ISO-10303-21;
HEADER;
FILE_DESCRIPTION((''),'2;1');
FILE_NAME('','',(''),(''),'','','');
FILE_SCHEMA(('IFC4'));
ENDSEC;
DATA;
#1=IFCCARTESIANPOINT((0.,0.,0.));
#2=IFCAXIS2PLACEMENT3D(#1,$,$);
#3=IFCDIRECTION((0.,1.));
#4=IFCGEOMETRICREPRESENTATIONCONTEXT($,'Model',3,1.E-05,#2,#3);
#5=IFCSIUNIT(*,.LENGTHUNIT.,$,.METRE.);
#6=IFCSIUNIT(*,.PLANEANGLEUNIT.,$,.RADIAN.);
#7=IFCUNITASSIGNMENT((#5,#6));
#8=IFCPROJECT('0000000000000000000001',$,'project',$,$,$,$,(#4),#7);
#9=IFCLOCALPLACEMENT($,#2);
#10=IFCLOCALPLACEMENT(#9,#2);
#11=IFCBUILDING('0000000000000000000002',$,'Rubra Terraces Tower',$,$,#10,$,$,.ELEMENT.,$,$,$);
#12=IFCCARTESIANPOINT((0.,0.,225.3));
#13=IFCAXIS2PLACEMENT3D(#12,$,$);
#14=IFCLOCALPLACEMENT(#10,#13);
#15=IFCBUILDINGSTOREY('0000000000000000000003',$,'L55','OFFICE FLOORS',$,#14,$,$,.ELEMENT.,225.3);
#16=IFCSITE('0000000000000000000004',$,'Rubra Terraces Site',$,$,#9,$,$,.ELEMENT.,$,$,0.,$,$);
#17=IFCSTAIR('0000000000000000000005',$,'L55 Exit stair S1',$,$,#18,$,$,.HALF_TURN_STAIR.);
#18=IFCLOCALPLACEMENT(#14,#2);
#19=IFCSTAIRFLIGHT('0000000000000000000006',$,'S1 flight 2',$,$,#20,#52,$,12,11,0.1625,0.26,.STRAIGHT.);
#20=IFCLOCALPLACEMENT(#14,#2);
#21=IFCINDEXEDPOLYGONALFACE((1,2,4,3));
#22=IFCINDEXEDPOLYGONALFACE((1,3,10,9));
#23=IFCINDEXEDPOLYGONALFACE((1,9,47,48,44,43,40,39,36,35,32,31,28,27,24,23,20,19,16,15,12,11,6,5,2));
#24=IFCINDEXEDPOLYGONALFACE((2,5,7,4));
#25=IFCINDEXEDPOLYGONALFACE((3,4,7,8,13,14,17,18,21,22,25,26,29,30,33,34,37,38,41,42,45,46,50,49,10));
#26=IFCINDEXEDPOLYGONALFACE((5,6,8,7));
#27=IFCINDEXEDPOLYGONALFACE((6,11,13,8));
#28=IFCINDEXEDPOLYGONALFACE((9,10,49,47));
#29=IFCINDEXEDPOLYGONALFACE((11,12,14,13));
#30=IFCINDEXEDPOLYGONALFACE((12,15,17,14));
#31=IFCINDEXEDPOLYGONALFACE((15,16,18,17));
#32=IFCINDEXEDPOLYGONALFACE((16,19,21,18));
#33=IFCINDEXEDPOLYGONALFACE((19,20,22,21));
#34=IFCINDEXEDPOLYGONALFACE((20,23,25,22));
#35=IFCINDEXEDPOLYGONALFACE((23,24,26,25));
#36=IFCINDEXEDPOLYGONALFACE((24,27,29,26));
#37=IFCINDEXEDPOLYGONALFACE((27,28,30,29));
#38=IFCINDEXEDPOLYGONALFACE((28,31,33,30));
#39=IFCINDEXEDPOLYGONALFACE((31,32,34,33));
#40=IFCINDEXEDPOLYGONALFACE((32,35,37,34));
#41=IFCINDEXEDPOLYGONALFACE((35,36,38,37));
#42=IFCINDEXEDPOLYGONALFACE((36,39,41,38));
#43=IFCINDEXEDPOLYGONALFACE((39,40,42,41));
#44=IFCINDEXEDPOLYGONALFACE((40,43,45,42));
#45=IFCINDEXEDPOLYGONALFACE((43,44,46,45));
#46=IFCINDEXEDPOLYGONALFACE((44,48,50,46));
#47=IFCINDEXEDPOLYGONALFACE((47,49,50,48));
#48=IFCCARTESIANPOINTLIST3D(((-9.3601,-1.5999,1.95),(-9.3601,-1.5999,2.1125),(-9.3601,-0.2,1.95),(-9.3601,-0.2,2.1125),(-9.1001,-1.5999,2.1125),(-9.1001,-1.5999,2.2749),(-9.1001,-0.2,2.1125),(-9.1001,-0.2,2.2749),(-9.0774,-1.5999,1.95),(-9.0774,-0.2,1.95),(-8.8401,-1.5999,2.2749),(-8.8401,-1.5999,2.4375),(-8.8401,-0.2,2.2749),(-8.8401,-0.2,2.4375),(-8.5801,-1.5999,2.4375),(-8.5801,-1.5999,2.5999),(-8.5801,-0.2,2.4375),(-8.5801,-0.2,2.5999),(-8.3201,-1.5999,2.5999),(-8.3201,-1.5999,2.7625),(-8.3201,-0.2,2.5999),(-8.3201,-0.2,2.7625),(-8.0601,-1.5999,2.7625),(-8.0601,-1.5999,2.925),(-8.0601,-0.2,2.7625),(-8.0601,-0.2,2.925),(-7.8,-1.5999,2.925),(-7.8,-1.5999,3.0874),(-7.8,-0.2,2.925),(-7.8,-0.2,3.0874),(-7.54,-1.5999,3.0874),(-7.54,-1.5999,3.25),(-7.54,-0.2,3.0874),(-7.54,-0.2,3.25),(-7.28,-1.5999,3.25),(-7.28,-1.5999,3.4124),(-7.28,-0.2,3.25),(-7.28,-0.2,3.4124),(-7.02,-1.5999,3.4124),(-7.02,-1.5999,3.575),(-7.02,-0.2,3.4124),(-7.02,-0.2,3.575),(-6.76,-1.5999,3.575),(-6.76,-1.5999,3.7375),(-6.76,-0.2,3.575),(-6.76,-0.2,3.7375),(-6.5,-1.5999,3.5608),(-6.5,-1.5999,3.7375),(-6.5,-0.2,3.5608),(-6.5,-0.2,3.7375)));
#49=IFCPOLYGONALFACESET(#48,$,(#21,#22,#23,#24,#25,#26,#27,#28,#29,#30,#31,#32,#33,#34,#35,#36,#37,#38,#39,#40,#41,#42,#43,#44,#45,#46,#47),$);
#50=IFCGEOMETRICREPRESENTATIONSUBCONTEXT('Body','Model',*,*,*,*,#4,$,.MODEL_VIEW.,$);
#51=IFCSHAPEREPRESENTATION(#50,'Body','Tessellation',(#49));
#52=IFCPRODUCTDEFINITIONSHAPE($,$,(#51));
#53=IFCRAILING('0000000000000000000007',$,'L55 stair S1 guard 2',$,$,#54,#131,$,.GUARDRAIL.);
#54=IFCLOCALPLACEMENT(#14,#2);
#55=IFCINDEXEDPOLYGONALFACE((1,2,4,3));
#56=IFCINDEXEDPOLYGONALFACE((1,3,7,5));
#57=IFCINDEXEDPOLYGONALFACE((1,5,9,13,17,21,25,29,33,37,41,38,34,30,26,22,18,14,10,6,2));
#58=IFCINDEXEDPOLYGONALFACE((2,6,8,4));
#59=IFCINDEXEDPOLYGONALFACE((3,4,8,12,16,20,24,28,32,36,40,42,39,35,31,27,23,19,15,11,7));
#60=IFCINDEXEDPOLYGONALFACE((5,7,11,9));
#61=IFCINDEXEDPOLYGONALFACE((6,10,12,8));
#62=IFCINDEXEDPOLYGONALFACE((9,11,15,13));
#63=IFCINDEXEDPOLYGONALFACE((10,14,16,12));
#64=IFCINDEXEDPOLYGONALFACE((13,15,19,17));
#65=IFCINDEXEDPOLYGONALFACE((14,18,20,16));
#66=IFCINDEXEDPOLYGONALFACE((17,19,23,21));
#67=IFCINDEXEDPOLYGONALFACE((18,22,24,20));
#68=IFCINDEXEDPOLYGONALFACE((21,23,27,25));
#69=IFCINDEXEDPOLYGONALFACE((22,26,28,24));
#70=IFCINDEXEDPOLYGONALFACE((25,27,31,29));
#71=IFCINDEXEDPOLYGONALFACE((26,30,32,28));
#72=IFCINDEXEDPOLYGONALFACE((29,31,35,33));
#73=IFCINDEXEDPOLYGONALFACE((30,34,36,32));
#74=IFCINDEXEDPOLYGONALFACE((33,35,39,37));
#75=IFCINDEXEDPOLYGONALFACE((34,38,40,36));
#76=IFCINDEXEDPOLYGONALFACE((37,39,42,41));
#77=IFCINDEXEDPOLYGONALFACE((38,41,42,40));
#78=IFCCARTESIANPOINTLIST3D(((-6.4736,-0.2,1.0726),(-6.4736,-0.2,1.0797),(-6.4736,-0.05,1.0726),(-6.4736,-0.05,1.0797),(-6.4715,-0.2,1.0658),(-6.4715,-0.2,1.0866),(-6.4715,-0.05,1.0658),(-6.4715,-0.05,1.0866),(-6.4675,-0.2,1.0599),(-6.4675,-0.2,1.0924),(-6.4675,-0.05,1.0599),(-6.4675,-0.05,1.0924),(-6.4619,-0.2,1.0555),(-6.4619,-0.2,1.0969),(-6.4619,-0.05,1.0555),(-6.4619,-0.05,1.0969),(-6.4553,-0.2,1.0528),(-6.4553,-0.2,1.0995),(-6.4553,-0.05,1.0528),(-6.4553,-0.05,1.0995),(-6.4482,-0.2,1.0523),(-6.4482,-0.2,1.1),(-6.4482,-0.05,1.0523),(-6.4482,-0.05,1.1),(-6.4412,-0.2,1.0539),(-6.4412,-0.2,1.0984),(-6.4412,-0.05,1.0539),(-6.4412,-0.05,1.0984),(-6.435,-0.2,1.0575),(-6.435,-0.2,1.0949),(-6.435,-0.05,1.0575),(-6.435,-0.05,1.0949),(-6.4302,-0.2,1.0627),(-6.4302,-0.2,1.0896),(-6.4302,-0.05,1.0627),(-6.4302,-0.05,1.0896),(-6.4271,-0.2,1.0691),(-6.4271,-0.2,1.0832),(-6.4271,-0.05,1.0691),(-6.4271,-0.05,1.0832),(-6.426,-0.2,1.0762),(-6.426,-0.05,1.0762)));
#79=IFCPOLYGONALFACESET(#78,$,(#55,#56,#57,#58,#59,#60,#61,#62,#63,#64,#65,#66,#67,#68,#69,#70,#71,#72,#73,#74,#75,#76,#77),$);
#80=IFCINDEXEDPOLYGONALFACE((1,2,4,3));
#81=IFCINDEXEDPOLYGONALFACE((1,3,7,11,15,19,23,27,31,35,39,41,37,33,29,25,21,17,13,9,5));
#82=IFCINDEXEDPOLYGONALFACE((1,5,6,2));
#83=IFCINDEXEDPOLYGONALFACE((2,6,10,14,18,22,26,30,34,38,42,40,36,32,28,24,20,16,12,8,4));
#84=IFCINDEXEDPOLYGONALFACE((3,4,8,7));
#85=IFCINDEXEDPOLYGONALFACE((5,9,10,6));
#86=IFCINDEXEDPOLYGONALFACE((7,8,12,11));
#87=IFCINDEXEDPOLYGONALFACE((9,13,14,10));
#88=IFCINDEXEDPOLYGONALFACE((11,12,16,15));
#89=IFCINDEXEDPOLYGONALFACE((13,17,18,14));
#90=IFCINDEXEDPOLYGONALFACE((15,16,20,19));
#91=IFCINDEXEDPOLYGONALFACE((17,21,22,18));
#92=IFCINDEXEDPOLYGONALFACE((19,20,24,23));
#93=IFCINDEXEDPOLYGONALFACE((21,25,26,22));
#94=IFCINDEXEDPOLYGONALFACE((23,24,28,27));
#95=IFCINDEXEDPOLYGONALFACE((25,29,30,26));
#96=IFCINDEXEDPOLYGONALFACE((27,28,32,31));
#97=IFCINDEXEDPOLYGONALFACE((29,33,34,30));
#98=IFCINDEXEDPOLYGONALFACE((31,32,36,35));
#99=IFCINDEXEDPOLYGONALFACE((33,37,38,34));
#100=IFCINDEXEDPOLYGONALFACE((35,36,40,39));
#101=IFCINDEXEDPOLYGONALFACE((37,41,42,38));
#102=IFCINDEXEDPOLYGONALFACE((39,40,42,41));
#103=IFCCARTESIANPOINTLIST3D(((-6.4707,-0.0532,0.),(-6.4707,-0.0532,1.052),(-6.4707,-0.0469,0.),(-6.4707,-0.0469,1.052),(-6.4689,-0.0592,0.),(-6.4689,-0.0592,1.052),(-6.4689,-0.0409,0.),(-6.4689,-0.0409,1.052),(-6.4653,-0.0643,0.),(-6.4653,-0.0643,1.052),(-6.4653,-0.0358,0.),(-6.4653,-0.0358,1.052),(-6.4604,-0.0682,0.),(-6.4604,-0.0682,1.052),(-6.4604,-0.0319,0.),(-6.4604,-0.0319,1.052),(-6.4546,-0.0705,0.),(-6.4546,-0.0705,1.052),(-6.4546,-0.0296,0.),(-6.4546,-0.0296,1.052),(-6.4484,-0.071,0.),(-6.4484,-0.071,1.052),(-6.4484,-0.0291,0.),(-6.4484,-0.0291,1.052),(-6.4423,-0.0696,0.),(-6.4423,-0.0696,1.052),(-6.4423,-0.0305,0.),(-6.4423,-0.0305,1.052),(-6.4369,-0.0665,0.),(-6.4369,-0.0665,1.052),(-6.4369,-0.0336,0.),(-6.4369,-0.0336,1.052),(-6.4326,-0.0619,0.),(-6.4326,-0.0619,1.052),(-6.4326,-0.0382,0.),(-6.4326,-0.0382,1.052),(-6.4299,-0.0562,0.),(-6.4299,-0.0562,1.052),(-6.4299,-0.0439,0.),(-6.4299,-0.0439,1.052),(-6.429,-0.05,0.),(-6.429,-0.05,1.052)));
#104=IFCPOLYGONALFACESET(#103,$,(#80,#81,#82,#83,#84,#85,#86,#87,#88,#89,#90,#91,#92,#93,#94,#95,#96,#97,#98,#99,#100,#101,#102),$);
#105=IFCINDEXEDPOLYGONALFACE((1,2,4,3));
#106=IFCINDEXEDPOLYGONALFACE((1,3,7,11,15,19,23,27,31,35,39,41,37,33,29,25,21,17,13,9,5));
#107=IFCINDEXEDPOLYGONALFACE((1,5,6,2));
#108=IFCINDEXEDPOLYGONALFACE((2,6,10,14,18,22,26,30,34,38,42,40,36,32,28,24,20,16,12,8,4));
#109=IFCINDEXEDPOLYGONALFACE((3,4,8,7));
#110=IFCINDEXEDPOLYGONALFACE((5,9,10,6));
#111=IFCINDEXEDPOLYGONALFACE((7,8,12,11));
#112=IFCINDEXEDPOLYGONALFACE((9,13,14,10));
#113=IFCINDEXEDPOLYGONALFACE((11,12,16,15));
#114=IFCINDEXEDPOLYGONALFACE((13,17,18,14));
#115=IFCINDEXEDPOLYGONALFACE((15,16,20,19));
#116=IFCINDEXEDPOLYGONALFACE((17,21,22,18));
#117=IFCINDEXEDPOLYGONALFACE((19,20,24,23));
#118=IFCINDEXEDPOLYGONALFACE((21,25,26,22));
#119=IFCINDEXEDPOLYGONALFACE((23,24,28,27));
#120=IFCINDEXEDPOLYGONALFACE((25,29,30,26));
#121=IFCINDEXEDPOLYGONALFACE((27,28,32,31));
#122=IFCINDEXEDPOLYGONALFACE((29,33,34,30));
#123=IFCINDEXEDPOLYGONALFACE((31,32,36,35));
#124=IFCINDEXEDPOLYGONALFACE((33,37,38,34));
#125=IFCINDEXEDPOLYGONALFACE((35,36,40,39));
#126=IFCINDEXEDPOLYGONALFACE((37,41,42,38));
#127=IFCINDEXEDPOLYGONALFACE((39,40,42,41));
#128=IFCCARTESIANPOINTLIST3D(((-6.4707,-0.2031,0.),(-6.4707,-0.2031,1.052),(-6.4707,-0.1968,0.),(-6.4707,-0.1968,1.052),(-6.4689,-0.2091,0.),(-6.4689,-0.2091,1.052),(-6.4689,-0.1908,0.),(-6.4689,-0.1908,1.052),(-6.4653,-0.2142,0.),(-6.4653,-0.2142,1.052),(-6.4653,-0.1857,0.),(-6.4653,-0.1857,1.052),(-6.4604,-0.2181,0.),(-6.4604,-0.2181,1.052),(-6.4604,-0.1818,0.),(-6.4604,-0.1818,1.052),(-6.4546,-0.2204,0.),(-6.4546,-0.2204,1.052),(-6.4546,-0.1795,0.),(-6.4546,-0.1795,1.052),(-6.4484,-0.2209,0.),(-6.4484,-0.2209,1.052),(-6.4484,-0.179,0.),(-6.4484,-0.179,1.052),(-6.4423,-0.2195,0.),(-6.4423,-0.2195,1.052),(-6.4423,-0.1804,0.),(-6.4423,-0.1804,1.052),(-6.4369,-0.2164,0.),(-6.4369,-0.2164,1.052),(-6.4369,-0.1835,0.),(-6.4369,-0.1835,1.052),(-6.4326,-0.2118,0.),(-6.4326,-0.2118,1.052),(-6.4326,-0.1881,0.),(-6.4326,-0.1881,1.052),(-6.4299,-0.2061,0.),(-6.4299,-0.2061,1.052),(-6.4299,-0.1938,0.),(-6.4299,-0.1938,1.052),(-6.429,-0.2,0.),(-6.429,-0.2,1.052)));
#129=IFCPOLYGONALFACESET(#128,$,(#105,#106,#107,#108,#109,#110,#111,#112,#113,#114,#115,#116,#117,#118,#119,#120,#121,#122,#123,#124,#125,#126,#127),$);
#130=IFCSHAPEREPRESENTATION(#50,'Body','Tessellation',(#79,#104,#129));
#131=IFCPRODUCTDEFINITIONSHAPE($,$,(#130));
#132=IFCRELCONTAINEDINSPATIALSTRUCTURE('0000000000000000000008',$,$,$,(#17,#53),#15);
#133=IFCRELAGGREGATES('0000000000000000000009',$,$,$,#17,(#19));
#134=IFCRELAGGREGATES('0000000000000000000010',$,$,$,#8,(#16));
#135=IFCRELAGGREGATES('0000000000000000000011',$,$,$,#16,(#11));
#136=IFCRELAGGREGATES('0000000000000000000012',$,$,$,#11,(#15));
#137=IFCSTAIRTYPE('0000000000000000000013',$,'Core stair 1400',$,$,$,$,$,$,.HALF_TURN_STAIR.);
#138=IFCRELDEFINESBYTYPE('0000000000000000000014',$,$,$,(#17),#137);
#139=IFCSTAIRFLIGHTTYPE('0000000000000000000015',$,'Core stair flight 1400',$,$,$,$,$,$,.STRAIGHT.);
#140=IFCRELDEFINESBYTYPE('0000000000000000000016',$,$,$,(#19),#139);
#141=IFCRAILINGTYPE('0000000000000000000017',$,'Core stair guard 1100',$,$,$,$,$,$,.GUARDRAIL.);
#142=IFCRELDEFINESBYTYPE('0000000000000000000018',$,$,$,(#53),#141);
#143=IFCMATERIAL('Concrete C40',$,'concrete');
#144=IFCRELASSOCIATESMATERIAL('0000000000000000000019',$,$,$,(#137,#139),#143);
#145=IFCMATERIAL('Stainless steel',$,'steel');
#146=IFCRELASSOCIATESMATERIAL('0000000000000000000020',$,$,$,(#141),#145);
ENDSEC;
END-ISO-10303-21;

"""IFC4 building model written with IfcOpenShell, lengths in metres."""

from ifc_helpers import new_model, si_unit, direction, frame, origin, origin_2d, place, context, subcontext, project, spatial, polyline, circle, outline, extrude, material, type_object, element, aggregate, save


model = new_model("IFC4")

# Units and contexts
model_context = context("Model", 3, precision=1e-05, world=origin(), true_north=direction((0.0, 1.0)))
body_context = subcontext(model_context, "Body", "Model", "MODEL_VIEW")
ifc_project = project(units=[si_unit("LENGTHUNIT", "METRE"), si_unit("PLANEANGLEUNIT", "RADIAN")], contexts=[model_context])

# Site, building, storey
site_placement = place(None, origin())
site = spatial("IfcSite", under=ifc_project, at=site_placement, Name="Rubra Terraces Site", CompositionType="ELEMENT", RefElevation=0.0)
building_placement = place(site_placement, origin())
building = spatial("IfcBuilding", under=site, at=building_placement, Name="Rubra Terraces Tower", CompositionType="ELEMENT")
storey_placement = place(building_placement, frame((0.0, 0.0, 225.3)))
storey = spatial("IfcBuildingStorey", under=building, at=storey_placement, Name="L55", Description="OFFICE FLOORS", CompositionType="ELEMENT", Elevation=225.3)

# Shared definitions
ifc_material_1 = material(Name="Concrete C40", Category="concrete")

# Stair, stair flight
stair_type = type_object("IfcStairType", Name="Core stair 1400", PredefinedType="HALF_TURN_STAIR", material=ifc_material_1)
stair_placement = place(storey_placement, origin())
stair = element("IfcStair", 1, at=stair_placement, inside=storey, type_object=stair_type, Name="L55 Exit stair S1", PredefinedType="HALF_TURN_STAIR")
stair_flight_type = type_object("IfcStairFlightType", Name="Core stair flight 1400", PredefinedType="STRAIGHT", material=ifc_material_1)
stair_flight_1_placement = place(storey_placement, frame((-9.3601, -0.8999, 1.95), z_axis=(0.0, 0.0, 1.0), x_axis=(1.0, 0.0, 0.0)))
stair_flight_1 = element("IfcStairFlight", 2, at=stair_flight_1_placement, type_object=stair_flight_type, Name="S1 flight 2", NumberOfRisers=12, NumberOfTreads=11, PredefinedType="STRAIGHT", RiserHeight=0.1625, TreadLength=0.26, context=body_context, shape_type="SweptSolid", body=[
    extrude(outline(polyline([(0.0, 0.0), (0.0, 0.1626), (0.26, 0.1626), (0.26, 0.325), (0.52, 0.325), (0.52, 0.4875), (0.78, 0.4875), (0.78, 0.6499), (1.04, 0.6499), (1.04, 0.8125), (1.3, 0.8125), (1.3, 0.9751), (1.5601, 0.9751), (1.5601, 1.1375), (1.8201, 1.1375), (1.8201, 1.3), (2.0801, 1.3), (2.0801, 1.4624), (2.3401, 1.4624), (2.3401, 1.625), (2.6001, 1.625), (2.6001, 1.7876), (2.8601, 1.7876), (2.8601, 1.95), (2.8601, 1.6108), (0.2827, 0.0), (0.0, 0.0)])), frame((0.0, 0.7, 0.0), z_axis=(0.0, -1.0, 0.0), x_axis=(1.0, 0.0, 0.0)), (0.0, 0.0, 1.0), 1.3999),
])
aggregate(stair, [stair_flight_1])

# Railing
ifc_material_2 = material(Name="Stainless steel", Category="steel")
railing_type_1 = type_object("IfcRailingType", Name="Core stair guard 1100", PredefinedType="GUARDRAIL", material=ifc_material_2)
railing_1_placement = place(storey_placement, frame((-6.45, -0.05, 0.0)))
element("IfcRailing", 3, at=railing_1_placement, inside=storey, type_object=railing_type_1, Name="L55 stair S1 guard 2", PredefinedType="GUARDRAIL", context=body_context, shape_type="SweptSolid", body=[
    extrude(circle(Radius=0.0239, at=origin_2d()), frame((0.0, 0.0, 1.0762), z_axis=(0.0, -1.0, 0.0), x_axis=(1.0, 0.0, 0.0)), (0.0, 0.0, 1.0), 0.1499),
    extrude(circle(Radius=0.021, at=origin_2d()), origin(), (0.0, 0.0, 1.0), 1.052),
    extrude(circle(Radius=0.021, at=origin_2d()), frame((0.0, -0.1499, 0.0)), (0.0, 0.0, 1.0), 1.052),
])

save(model, "model.ifc")
